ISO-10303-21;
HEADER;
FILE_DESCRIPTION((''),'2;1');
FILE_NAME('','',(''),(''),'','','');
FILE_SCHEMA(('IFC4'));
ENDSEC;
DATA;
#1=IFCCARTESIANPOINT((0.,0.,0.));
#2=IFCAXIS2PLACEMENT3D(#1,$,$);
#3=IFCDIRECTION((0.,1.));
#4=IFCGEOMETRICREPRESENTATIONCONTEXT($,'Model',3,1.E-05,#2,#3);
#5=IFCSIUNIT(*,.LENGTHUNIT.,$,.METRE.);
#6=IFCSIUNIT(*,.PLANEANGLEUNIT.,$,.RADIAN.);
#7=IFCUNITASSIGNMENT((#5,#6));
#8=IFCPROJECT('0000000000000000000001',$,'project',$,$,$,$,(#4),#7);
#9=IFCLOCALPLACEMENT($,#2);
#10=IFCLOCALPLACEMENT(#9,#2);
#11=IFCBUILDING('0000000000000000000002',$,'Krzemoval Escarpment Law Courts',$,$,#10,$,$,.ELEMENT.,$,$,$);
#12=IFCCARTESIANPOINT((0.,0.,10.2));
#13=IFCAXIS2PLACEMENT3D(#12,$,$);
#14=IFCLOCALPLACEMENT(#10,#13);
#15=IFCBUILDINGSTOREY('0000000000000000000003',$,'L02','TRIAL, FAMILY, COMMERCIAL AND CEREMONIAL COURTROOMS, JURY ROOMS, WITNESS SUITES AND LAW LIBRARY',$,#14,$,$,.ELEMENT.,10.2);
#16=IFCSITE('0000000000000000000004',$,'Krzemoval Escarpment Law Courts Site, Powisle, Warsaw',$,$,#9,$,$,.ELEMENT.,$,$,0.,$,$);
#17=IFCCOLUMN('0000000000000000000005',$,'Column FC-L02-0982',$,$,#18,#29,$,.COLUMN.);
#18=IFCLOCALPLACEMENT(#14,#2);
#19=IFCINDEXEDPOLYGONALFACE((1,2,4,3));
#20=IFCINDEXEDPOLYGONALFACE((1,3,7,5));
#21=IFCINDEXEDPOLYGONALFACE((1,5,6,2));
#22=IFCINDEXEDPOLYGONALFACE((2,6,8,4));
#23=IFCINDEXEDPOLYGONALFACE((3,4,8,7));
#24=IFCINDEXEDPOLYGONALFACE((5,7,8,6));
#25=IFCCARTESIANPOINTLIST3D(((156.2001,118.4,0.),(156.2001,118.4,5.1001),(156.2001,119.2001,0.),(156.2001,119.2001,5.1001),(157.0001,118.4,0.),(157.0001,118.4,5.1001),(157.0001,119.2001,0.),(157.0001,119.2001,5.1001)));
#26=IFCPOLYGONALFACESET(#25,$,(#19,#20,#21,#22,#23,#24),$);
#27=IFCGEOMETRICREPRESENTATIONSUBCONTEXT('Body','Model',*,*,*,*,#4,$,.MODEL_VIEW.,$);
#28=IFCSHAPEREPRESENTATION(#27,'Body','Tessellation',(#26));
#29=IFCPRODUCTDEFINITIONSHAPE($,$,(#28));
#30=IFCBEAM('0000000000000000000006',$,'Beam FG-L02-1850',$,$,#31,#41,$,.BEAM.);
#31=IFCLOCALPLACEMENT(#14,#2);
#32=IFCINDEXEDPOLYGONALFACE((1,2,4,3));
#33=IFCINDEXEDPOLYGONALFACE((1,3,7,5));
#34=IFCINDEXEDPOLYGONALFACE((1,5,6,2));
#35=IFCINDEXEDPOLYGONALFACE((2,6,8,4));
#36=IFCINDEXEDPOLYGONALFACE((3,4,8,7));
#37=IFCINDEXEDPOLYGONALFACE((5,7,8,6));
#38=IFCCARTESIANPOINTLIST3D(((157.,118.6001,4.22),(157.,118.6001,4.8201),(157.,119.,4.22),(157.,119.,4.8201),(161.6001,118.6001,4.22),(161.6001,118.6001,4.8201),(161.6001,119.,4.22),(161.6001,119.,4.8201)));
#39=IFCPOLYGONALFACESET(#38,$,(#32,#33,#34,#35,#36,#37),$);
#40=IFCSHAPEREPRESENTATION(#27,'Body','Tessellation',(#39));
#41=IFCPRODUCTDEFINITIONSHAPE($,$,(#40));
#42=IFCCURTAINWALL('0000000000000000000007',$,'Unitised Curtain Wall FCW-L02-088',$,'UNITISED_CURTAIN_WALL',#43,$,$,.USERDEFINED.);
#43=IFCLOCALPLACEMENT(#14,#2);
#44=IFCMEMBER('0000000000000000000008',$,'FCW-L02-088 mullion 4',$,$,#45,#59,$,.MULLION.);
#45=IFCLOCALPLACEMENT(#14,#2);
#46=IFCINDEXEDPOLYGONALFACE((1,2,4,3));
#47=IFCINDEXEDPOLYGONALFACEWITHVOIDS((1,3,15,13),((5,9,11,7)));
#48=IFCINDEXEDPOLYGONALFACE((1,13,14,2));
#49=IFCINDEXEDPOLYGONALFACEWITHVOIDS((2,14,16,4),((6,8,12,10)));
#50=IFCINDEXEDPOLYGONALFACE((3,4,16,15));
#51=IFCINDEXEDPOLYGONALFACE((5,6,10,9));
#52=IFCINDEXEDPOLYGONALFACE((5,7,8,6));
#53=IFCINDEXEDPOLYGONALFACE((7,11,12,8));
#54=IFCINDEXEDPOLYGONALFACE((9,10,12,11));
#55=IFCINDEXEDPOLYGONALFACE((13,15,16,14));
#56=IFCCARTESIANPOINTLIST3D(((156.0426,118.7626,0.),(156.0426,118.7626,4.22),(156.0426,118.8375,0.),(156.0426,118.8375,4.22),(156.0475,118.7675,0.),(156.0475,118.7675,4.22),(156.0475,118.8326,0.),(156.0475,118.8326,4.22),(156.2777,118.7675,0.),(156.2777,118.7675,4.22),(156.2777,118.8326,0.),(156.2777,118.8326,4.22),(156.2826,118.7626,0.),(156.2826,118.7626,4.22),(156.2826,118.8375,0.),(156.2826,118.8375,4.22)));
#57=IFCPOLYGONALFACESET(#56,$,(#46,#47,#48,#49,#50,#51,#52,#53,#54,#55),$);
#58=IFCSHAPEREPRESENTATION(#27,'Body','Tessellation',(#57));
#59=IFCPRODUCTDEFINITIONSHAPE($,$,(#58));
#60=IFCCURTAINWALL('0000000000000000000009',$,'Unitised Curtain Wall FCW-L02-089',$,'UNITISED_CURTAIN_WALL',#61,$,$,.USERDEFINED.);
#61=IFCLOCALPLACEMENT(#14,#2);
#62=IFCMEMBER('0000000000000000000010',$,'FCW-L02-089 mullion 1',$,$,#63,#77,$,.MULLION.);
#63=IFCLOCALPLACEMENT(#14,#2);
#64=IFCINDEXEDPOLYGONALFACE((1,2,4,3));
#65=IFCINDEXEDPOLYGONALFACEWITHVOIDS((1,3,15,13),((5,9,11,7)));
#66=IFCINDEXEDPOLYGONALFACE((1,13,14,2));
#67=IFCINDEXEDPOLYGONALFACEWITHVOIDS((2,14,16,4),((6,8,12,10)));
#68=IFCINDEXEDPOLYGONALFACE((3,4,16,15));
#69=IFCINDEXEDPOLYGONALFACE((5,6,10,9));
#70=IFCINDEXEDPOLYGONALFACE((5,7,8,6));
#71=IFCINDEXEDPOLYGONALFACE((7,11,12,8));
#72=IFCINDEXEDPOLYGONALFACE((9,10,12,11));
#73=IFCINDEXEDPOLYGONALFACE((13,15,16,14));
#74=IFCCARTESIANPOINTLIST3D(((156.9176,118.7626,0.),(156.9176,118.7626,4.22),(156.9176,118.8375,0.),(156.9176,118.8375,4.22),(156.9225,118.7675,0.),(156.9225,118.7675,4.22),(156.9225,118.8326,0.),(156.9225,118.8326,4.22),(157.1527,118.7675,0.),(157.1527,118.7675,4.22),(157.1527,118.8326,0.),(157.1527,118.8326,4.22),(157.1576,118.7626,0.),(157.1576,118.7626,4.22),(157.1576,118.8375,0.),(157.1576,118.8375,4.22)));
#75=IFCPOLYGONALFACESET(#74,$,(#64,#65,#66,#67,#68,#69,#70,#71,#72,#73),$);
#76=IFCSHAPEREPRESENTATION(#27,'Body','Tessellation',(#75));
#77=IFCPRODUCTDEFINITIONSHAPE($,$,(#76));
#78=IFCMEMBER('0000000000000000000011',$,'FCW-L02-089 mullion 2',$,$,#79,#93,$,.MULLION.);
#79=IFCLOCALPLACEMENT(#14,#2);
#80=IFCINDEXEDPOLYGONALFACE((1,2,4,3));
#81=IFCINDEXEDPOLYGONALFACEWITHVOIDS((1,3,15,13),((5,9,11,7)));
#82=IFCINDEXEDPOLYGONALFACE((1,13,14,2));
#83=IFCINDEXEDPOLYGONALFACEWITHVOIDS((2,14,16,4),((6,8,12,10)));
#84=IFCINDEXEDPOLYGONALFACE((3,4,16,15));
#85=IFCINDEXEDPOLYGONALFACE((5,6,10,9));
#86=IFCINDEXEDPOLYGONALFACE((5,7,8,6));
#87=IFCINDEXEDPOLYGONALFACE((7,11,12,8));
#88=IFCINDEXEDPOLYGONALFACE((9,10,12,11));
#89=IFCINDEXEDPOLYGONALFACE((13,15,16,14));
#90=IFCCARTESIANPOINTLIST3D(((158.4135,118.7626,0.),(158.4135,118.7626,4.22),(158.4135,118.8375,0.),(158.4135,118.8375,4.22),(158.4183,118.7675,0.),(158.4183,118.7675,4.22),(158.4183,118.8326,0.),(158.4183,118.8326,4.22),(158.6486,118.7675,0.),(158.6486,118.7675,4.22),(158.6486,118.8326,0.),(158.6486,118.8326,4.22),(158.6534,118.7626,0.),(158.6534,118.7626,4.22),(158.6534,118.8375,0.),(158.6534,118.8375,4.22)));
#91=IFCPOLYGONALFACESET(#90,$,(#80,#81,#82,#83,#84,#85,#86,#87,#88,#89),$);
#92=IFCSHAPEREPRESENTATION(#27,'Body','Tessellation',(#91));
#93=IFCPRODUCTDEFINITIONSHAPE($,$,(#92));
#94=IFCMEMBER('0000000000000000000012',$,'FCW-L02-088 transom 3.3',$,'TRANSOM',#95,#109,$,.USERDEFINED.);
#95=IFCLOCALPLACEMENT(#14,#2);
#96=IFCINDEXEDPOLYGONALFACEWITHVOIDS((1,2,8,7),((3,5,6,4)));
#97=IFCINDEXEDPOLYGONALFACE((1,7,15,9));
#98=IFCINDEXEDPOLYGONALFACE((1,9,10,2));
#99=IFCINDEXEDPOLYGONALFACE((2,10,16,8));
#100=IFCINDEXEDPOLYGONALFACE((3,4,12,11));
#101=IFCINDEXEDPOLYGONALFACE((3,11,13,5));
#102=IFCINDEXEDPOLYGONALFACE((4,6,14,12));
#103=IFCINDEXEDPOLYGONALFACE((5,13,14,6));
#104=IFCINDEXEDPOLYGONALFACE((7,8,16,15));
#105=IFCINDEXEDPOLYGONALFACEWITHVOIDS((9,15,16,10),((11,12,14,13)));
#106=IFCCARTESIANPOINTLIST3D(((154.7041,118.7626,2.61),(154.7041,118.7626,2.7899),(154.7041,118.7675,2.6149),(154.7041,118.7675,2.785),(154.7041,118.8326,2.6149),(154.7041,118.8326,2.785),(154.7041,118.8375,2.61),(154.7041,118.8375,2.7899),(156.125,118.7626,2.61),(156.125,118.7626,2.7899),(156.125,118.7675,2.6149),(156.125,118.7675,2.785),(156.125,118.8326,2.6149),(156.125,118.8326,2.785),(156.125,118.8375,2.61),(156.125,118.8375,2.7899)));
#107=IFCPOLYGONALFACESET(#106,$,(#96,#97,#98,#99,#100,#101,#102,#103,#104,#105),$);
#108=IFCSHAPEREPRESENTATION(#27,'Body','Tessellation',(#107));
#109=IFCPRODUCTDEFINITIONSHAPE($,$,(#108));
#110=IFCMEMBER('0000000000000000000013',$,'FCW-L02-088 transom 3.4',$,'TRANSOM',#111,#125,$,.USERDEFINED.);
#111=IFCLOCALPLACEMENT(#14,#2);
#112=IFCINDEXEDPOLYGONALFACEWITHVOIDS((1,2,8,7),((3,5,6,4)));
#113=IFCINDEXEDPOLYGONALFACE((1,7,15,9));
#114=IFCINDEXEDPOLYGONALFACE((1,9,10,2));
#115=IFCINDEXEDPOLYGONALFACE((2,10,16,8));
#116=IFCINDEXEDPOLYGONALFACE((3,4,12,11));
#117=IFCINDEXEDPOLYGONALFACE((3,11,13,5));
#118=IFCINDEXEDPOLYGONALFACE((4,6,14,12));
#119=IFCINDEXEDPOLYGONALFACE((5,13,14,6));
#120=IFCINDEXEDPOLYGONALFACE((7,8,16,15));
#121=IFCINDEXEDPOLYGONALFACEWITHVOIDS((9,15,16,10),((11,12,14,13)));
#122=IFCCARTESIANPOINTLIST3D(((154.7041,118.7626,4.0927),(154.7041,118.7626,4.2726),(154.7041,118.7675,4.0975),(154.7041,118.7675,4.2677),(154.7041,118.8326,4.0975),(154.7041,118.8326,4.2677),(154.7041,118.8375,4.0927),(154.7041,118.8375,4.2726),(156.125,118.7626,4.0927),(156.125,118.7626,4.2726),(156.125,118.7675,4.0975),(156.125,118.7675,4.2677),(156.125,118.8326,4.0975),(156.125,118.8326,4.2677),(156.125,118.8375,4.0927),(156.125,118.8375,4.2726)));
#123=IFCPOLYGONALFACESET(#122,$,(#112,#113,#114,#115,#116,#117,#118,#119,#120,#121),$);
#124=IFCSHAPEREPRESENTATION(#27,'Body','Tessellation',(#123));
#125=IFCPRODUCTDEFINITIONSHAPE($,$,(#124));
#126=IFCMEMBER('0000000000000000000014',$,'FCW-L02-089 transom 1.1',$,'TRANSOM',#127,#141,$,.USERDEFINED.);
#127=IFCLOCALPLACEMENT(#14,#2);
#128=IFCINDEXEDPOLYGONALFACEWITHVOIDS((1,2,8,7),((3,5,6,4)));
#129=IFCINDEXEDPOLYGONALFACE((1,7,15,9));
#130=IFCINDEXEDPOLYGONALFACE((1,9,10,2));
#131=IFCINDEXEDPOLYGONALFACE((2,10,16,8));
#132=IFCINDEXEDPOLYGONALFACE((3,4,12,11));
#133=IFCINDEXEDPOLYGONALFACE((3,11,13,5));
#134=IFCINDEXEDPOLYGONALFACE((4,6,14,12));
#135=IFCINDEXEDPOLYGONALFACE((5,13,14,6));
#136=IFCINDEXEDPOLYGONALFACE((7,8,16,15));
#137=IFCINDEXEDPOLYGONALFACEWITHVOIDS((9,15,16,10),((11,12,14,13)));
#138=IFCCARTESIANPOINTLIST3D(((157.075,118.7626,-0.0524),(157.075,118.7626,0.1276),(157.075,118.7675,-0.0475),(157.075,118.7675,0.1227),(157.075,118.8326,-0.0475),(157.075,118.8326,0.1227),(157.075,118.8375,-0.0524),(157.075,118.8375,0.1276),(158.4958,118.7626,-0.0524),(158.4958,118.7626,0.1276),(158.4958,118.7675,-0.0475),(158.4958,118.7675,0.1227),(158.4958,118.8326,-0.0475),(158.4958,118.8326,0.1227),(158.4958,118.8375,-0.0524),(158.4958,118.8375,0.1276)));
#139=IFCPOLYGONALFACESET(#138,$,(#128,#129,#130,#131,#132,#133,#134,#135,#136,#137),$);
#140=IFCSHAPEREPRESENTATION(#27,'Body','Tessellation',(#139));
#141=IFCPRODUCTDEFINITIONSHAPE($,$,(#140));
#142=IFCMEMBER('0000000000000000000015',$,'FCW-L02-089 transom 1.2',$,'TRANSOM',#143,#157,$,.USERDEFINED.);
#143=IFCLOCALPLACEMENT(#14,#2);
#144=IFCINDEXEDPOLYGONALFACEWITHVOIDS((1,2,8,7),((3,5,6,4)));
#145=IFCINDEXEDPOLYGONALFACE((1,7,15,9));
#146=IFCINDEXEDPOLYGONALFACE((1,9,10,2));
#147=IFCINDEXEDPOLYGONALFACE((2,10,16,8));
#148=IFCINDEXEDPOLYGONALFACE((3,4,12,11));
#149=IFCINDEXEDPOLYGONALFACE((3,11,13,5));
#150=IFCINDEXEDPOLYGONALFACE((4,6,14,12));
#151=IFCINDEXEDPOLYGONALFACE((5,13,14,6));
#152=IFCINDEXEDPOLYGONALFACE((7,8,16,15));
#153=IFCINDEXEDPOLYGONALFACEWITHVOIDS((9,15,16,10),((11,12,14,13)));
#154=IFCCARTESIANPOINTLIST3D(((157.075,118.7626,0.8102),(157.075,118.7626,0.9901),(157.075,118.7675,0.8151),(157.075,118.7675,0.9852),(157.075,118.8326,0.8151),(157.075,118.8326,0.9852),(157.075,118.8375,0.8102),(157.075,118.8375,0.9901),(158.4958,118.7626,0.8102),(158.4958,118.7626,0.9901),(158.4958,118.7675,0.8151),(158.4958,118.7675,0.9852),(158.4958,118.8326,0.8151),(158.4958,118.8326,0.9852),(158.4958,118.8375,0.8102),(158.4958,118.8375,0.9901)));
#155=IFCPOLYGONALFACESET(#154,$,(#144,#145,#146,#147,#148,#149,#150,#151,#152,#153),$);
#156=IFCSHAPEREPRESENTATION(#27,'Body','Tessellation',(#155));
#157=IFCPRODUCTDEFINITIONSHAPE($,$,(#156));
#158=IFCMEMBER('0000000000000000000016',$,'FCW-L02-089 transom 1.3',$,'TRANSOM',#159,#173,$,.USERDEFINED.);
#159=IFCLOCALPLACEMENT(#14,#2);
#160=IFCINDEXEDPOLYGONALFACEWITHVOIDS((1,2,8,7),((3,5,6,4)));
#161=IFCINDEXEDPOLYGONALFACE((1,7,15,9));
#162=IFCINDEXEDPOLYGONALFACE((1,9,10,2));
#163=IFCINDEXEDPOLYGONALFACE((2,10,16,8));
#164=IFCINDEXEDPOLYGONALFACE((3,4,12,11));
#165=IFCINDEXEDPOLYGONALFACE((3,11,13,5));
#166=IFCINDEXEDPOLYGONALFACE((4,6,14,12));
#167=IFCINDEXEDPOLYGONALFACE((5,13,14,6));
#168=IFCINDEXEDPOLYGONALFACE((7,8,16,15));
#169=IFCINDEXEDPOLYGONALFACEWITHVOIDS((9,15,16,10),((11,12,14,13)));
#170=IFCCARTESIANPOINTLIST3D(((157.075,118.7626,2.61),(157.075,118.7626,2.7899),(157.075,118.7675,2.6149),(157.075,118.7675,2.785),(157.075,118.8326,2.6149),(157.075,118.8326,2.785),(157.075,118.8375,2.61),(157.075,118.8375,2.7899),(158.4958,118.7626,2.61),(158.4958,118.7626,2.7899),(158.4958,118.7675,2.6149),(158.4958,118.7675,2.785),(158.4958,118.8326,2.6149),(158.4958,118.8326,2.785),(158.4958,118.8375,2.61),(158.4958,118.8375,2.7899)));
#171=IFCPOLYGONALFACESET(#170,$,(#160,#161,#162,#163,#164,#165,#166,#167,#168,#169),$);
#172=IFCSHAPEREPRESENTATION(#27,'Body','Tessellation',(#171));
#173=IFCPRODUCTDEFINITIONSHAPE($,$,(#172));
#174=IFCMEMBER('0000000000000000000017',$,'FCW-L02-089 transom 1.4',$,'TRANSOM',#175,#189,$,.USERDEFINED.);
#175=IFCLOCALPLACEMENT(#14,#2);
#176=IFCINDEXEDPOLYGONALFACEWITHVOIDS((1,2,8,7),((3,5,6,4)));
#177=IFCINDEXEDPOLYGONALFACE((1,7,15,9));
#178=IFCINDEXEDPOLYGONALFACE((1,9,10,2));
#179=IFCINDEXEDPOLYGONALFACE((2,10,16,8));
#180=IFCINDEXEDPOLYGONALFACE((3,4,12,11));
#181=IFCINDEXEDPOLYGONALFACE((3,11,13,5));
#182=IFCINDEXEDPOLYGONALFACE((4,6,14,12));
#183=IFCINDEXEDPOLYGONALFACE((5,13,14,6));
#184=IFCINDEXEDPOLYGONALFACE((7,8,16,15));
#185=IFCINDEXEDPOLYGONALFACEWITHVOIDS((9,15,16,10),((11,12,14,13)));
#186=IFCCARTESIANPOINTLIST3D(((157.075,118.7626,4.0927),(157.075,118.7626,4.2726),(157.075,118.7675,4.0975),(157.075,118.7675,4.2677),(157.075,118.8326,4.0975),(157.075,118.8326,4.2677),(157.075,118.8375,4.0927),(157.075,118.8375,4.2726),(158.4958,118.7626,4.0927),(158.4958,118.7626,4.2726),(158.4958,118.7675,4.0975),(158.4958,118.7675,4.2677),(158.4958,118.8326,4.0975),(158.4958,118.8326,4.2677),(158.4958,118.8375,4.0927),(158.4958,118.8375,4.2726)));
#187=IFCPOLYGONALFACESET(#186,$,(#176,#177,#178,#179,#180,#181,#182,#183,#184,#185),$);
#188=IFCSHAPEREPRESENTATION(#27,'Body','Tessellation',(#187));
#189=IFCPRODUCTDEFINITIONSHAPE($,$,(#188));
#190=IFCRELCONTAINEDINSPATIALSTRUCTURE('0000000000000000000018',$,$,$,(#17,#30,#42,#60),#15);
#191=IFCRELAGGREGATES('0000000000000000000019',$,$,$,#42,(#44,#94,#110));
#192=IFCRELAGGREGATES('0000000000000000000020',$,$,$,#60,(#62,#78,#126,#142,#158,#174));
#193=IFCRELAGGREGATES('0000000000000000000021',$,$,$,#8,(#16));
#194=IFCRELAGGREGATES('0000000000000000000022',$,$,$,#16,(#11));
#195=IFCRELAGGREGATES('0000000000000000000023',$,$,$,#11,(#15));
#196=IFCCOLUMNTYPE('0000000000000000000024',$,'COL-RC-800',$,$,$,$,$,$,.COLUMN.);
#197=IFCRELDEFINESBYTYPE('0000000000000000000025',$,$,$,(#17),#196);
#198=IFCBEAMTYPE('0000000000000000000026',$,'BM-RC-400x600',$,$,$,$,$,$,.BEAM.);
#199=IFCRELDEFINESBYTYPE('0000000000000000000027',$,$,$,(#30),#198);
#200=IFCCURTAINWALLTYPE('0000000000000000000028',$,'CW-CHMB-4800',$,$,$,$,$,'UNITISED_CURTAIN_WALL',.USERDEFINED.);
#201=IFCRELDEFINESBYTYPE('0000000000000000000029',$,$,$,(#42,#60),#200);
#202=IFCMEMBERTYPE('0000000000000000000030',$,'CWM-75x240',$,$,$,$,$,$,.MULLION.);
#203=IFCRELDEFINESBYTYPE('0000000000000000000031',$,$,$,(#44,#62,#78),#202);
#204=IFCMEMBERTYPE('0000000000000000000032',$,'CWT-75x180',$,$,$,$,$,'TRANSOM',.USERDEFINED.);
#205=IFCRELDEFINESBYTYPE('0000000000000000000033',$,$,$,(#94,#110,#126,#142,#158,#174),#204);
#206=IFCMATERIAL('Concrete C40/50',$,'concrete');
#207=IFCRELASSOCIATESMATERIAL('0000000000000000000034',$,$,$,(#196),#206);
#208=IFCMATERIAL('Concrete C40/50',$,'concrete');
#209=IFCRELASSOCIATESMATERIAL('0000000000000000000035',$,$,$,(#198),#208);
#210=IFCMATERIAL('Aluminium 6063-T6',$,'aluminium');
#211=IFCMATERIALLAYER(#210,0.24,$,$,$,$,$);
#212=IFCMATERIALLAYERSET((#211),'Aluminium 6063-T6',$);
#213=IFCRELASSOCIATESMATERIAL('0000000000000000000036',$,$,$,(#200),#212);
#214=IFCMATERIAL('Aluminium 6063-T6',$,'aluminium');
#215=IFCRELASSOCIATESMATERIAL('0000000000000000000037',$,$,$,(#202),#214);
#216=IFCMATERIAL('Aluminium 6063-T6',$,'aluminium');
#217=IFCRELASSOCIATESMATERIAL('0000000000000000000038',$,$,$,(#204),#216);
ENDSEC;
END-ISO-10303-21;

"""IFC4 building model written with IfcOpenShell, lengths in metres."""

from ifc_helpers import new_model, si_unit, direction, frame, origin, origin_2d, place, context, subcontext, project, spatial, rectangle, hollow_rectangle, extrude, material, layer, layer_set, material_profile, profile_set, type_object, element, aggregate, save


model = new_model("IFC4")

# Units and contexts
model_context = context("Model", 3, precision=1e-05, world=origin(), true_north=direction((0.0, 1.0)))
body_context = subcontext(model_context, "Body", "Model", "MODEL_VIEW")
ifc_project = project(units=[si_unit("LENGTHUNIT", "METRE"), si_unit("PLANEANGLEUNIT", "RADIAN")], contexts=[model_context])

# Site, building, storey
site_placement = place(None, origin())
site = spatial("IfcSite", under=ifc_project, at=site_placement, Name="Krzemoval Escarpment Law Courts Site, Powisle, Warsaw", CompositionType="ELEMENT", RefElevation=0.0)
building_placement = place(site_placement, origin())
building = spatial("IfcBuilding", under=site, at=building_placement, Name="Krzemoval Escarpment Law Courts", CompositionType="ELEMENT")
storey_placement = place(building_placement, frame((0.0, 0.0, 10.2)))
storey = spatial("IfcBuildingStorey", under=building, at=storey_placement, Name="L02", Description="TRIAL, FAMILY, COMMERCIAL AND CEREMONIAL COURTROOMS, JURY ROOMS, WITNESS SUITES AND LAW LIBRARY", CompositionType="ELEMENT", Elevation=10.2)

# Column
ifc_material_1 = material(Name="Concrete C40/50", Category="concrete")
ifc_material_profile_1 = material_profile(ifc_material_1, rectangle(XDim=0.8, YDim=0.8, at=origin_2d()), Name="RC 800x800")
ifc_profile_set_1 = profile_set([ifc_material_profile_1], Name="Concrete C40/50")
column_type = type_object("IfcColumnType", Name="COL-RC-800", PredefinedType="COLUMN", material=ifc_profile_set_1)
column_placement = place(storey_placement, frame((156.6001, 118.8, 0.0), z_axis=(0.0, 0.0, 1.0), x_axis=(1.0, 0.0, 0.0)))
element("IfcColumn", 1, at=column_placement, inside=storey, type_object=column_type, Name="Column FC-L02-0982", PredefinedType="COLUMN", context=body_context, shape_type="SweptSolid", body=[
    extrude(rectangle(XDim=0.8, YDim=0.8, at=origin_2d()), origin(), (0.0, 0.0, 1.0), 5.1001),
])

# Beam
ifc_material_2 = material(Name="Concrete C40/50", Category="concrete")
ifc_material_profile_2 = material_profile(ifc_material_2, rectangle(XDim=0.3999, YDim=0.6001, at=origin_2d()), Name="RCB 400x600")
ifc_profile_set_2 = profile_set([ifc_material_profile_2], Name="Concrete C40/50")
beam_type = type_object("IfcBeamType", Name="BM-RC-400x600", PredefinedType="BEAM", material=ifc_profile_set_2)
beam_placement = place(storey_placement, frame((157.0, 118.8, 4.52), z_axis=(1.0, 0.0, 0.0), x_axis=(0.0, 1.0, 0.0)))
element("IfcBeam", 2, at=beam_placement, inside=storey, type_object=beam_type, Name="Beam FG-L02-1850", PredefinedType="BEAM", context=body_context, shape_type="SweptSolid", body=[
    extrude(rectangle(XDim=0.3999, YDim=0.6001, at=origin_2d()), origin(), (0.0, 0.0, 1.0), 4.6001),
])

# Curtain wall, member
ifc_material_3 = material(Name="Aluminium 6063-T6", Category="aluminium")
ifc_layer_1 = layer(ifc_material_3, 0.24)
ifc_layer_set_1 = layer_set([ifc_layer_1], Name="Aluminium 6063-T6")
curtain_wall_type = type_object("IfcCurtainWallType", Name="CW-CHMB-4800", ElementType="UNITISED_CURTAIN_WALL", PredefinedType="USERDEFINED", material=ifc_layer_set_1)
curtain_wall_1_placement = place(storey_placement, origin())
curtain_wall_1 = element("IfcCurtainWall", 3, at=curtain_wall_1_placement, inside=storey, type_object=curtain_wall_type, Name="Unitised Curtain Wall FCW-L02-088", ObjectType="UNITISED_CURTAIN_WALL", PredefinedType="USERDEFINED")
ifc_material_4 = material(Name="Aluminium 6063-T6", Category="aluminium")
ifc_material_profile_3 = material_profile(ifc_material_4, hollow_rectangle(XDim=0.075, YDim=0.24, WallThickness=0.0049, at=origin_2d()), Name="ALU M75x240")
ifc_profile_set_3 = profile_set([ifc_material_profile_3], Name="Aluminium 6063-T6")
member_type_1 = type_object("IfcMemberType", Name="CWM-75x240", PredefinedType="MULLION", material=ifc_profile_set_3)
member_1_placement = place(storey_placement, frame((156.1626, 118.8, 0.0), z_axis=(0.0, 0.0, 1.0), x_axis=(0.0, 1.0, 0.0)))
member_1 = element("IfcMember", 4, at=member_1_placement, type_object=member_type_1, Name="FCW-L02-088 mullion 4", PredefinedType="MULLION", context=body_context, shape_type="SweptSolid", body=[
    extrude(hollow_rectangle(XDim=0.075, YDim=0.24, WallThickness=0.0049, at=origin_2d()), origin(), (0.0, 0.0, 1.0), 4.22),
])

# Curtain wall, members
curtain_wall_2_placement = place(storey_placement, origin())
curtain_wall_2 = element("IfcCurtainWall", 5, at=curtain_wall_2_placement, inside=storey, type_object=curtain_wall_type, Name="Unitised Curtain Wall FCW-L02-089", ObjectType="UNITISED_CURTAIN_WALL", PredefinedType="USERDEFINED")
member_2_placement = place(storey_placement, frame((157.0376, 118.8, 0.0), z_axis=(0.0, 0.0, 1.0), x_axis=(0.0, 1.0, 0.0)))
member_2 = element("IfcMember", 6, at=member_2_placement, type_object=member_type_1, Name="FCW-L02-089 mullion 1", PredefinedType="MULLION", context=body_context, shape_type="SweptSolid", body=[
    extrude(hollow_rectangle(XDim=0.075, YDim=0.24, WallThickness=0.0049, at=origin_2d()), origin(), (0.0, 0.0, 1.0), 4.22),
])
member_3_placement = place(storey_placement, frame((158.5334, 118.8, 0.0), z_axis=(0.0, 0.0, 1.0), x_axis=(0.0, 1.0, 0.0)))
member_3 = element("IfcMember", 7, at=member_3_placement, type_object=member_type_1, Name="FCW-L02-089 mullion 2", PredefinedType="MULLION", context=body_context, shape_type="SweptSolid", body=[
    extrude(hollow_rectangle(XDim=0.075, YDim=0.24, WallThickness=0.0049, at=origin_2d()), origin(), (0.0, 0.0, 1.0), 4.22),
])

# Members
ifc_material_5 = material(Name="Aluminium 6063-T6", Category="aluminium")
ifc_material_profile_4 = material_profile(ifc_material_5, hollow_rectangle(XDim=0.075, YDim=0.1799, WallThickness=0.0049, at=origin_2d()), Name="ALU T75x180")
ifc_profile_set_4 = profile_set([ifc_material_profile_4], Name="Aluminium 6063-T6")
member_type_2 = type_object("IfcMemberType", Name="CWT-75x180", ElementType="TRANSOM", PredefinedType="USERDEFINED", material=ifc_profile_set_4)
member_4_placement = place(storey_placement, frame((154.7041, 118.8, 2.7), z_axis=(1.0, 0.0, 0.0), x_axis=(0.0, 1.0, 0.0)))
member_4 = element("IfcMember", 8, at=member_4_placement, type_object=member_type_2, Name="FCW-L02-088 transom 3.3", ObjectType="TRANSOM", PredefinedType="USERDEFINED", context=body_context, shape_type="SweptSolid", body=[
    extrude(hollow_rectangle(XDim=0.075, YDim=0.1799, WallThickness=0.0049, at=origin_2d()), origin(), (0.0, 0.0, 1.0), 1.4209),
])
member_5_placement = place(storey_placement, frame((154.7041, 118.8, 4.1826), z_axis=(1.0, 0.0, 0.0), x_axis=(0.0, 1.0, 0.0)))
member_5 = element("IfcMember", 9, at=member_5_placement, type_object=member_type_2, Name="FCW-L02-088 transom 3.4", ObjectType="TRANSOM", PredefinedType="USERDEFINED", context=body_context, shape_type="SweptSolid", body=[
    extrude(hollow_rectangle(XDim=0.075, YDim=0.1799, WallThickness=0.0049, at=origin_2d()), origin(), (0.0, 0.0, 1.0), 1.4209),
])
member_6_placement = place(storey_placement, frame((157.075, 118.8, 0.0376), z_axis=(1.0, 0.0, 0.0), x_axis=(0.0, 1.0, 0.0)))
member_6 = element("IfcMember", 10, at=member_6_placement, type_object=member_type_2, Name="FCW-L02-089 transom 1.1", ObjectType="TRANSOM", PredefinedType="USERDEFINED", context=body_context, shape_type="SweptSolid", body=[
    extrude(hollow_rectangle(XDim=0.075, YDim=0.1799, WallThickness=0.0049, at=origin_2d()), origin(), (0.0, 0.0, 1.0), 1.4209),
])
member_7_placement = place(storey_placement, frame((157.075, 118.8, 0.9001), z_axis=(1.0, 0.0, 0.0), x_axis=(0.0, 1.0, 0.0)))
member_7 = element("IfcMember", 11, at=member_7_placement, type_object=member_type_2, Name="FCW-L02-089 transom 1.2", ObjectType="TRANSOM", PredefinedType="USERDEFINED", context=body_context, shape_type="SweptSolid", body=[
    extrude(hollow_rectangle(XDim=0.075, YDim=0.1799, WallThickness=0.0049, at=origin_2d()), origin(), (0.0, 0.0, 1.0), 1.4209),
])
member_8_placement = place(storey_placement, frame((157.075, 118.8, 2.7), z_axis=(1.0, 0.0, 0.0), x_axis=(0.0, 1.0, 0.0)))
member_8 = element("IfcMember", 12, at=member_8_placement, type_object=member_type_2, Name="FCW-L02-089 transom 1.3", ObjectType="TRANSOM", PredefinedType="USERDEFINED", context=body_context, shape_type="SweptSolid", body=[
    extrude(hollow_rectangle(XDim=0.075, YDim=0.1799, WallThickness=0.0049, at=origin_2d()), origin(), (0.0, 0.0, 1.0), 1.4209),
])
member_9_placement = place(storey_placement, frame((157.075, 118.8, 4.1826), z_axis=(1.0, 0.0, 0.0), x_axis=(0.0, 1.0, 0.0)))
member_9 = element("IfcMember", 13, at=member_9_placement, type_object=member_type_2, Name="FCW-L02-089 transom 1.4", ObjectType="TRANSOM", PredefinedType="USERDEFINED", context=body_context, shape_type="SweptSolid", body=[
    extrude(hollow_rectangle(XDim=0.075, YDim=0.1799, WallThickness=0.0049, at=origin_2d()), origin(), (0.0, 0.0, 1.0), 1.4209),
])

aggregate(curtain_wall_1, [member_1, member_4, member_5])
aggregate(curtain_wall_2, [member_2, member_3, member_6, member_7, member_8, member_9])

save(model, "model.ifc")
